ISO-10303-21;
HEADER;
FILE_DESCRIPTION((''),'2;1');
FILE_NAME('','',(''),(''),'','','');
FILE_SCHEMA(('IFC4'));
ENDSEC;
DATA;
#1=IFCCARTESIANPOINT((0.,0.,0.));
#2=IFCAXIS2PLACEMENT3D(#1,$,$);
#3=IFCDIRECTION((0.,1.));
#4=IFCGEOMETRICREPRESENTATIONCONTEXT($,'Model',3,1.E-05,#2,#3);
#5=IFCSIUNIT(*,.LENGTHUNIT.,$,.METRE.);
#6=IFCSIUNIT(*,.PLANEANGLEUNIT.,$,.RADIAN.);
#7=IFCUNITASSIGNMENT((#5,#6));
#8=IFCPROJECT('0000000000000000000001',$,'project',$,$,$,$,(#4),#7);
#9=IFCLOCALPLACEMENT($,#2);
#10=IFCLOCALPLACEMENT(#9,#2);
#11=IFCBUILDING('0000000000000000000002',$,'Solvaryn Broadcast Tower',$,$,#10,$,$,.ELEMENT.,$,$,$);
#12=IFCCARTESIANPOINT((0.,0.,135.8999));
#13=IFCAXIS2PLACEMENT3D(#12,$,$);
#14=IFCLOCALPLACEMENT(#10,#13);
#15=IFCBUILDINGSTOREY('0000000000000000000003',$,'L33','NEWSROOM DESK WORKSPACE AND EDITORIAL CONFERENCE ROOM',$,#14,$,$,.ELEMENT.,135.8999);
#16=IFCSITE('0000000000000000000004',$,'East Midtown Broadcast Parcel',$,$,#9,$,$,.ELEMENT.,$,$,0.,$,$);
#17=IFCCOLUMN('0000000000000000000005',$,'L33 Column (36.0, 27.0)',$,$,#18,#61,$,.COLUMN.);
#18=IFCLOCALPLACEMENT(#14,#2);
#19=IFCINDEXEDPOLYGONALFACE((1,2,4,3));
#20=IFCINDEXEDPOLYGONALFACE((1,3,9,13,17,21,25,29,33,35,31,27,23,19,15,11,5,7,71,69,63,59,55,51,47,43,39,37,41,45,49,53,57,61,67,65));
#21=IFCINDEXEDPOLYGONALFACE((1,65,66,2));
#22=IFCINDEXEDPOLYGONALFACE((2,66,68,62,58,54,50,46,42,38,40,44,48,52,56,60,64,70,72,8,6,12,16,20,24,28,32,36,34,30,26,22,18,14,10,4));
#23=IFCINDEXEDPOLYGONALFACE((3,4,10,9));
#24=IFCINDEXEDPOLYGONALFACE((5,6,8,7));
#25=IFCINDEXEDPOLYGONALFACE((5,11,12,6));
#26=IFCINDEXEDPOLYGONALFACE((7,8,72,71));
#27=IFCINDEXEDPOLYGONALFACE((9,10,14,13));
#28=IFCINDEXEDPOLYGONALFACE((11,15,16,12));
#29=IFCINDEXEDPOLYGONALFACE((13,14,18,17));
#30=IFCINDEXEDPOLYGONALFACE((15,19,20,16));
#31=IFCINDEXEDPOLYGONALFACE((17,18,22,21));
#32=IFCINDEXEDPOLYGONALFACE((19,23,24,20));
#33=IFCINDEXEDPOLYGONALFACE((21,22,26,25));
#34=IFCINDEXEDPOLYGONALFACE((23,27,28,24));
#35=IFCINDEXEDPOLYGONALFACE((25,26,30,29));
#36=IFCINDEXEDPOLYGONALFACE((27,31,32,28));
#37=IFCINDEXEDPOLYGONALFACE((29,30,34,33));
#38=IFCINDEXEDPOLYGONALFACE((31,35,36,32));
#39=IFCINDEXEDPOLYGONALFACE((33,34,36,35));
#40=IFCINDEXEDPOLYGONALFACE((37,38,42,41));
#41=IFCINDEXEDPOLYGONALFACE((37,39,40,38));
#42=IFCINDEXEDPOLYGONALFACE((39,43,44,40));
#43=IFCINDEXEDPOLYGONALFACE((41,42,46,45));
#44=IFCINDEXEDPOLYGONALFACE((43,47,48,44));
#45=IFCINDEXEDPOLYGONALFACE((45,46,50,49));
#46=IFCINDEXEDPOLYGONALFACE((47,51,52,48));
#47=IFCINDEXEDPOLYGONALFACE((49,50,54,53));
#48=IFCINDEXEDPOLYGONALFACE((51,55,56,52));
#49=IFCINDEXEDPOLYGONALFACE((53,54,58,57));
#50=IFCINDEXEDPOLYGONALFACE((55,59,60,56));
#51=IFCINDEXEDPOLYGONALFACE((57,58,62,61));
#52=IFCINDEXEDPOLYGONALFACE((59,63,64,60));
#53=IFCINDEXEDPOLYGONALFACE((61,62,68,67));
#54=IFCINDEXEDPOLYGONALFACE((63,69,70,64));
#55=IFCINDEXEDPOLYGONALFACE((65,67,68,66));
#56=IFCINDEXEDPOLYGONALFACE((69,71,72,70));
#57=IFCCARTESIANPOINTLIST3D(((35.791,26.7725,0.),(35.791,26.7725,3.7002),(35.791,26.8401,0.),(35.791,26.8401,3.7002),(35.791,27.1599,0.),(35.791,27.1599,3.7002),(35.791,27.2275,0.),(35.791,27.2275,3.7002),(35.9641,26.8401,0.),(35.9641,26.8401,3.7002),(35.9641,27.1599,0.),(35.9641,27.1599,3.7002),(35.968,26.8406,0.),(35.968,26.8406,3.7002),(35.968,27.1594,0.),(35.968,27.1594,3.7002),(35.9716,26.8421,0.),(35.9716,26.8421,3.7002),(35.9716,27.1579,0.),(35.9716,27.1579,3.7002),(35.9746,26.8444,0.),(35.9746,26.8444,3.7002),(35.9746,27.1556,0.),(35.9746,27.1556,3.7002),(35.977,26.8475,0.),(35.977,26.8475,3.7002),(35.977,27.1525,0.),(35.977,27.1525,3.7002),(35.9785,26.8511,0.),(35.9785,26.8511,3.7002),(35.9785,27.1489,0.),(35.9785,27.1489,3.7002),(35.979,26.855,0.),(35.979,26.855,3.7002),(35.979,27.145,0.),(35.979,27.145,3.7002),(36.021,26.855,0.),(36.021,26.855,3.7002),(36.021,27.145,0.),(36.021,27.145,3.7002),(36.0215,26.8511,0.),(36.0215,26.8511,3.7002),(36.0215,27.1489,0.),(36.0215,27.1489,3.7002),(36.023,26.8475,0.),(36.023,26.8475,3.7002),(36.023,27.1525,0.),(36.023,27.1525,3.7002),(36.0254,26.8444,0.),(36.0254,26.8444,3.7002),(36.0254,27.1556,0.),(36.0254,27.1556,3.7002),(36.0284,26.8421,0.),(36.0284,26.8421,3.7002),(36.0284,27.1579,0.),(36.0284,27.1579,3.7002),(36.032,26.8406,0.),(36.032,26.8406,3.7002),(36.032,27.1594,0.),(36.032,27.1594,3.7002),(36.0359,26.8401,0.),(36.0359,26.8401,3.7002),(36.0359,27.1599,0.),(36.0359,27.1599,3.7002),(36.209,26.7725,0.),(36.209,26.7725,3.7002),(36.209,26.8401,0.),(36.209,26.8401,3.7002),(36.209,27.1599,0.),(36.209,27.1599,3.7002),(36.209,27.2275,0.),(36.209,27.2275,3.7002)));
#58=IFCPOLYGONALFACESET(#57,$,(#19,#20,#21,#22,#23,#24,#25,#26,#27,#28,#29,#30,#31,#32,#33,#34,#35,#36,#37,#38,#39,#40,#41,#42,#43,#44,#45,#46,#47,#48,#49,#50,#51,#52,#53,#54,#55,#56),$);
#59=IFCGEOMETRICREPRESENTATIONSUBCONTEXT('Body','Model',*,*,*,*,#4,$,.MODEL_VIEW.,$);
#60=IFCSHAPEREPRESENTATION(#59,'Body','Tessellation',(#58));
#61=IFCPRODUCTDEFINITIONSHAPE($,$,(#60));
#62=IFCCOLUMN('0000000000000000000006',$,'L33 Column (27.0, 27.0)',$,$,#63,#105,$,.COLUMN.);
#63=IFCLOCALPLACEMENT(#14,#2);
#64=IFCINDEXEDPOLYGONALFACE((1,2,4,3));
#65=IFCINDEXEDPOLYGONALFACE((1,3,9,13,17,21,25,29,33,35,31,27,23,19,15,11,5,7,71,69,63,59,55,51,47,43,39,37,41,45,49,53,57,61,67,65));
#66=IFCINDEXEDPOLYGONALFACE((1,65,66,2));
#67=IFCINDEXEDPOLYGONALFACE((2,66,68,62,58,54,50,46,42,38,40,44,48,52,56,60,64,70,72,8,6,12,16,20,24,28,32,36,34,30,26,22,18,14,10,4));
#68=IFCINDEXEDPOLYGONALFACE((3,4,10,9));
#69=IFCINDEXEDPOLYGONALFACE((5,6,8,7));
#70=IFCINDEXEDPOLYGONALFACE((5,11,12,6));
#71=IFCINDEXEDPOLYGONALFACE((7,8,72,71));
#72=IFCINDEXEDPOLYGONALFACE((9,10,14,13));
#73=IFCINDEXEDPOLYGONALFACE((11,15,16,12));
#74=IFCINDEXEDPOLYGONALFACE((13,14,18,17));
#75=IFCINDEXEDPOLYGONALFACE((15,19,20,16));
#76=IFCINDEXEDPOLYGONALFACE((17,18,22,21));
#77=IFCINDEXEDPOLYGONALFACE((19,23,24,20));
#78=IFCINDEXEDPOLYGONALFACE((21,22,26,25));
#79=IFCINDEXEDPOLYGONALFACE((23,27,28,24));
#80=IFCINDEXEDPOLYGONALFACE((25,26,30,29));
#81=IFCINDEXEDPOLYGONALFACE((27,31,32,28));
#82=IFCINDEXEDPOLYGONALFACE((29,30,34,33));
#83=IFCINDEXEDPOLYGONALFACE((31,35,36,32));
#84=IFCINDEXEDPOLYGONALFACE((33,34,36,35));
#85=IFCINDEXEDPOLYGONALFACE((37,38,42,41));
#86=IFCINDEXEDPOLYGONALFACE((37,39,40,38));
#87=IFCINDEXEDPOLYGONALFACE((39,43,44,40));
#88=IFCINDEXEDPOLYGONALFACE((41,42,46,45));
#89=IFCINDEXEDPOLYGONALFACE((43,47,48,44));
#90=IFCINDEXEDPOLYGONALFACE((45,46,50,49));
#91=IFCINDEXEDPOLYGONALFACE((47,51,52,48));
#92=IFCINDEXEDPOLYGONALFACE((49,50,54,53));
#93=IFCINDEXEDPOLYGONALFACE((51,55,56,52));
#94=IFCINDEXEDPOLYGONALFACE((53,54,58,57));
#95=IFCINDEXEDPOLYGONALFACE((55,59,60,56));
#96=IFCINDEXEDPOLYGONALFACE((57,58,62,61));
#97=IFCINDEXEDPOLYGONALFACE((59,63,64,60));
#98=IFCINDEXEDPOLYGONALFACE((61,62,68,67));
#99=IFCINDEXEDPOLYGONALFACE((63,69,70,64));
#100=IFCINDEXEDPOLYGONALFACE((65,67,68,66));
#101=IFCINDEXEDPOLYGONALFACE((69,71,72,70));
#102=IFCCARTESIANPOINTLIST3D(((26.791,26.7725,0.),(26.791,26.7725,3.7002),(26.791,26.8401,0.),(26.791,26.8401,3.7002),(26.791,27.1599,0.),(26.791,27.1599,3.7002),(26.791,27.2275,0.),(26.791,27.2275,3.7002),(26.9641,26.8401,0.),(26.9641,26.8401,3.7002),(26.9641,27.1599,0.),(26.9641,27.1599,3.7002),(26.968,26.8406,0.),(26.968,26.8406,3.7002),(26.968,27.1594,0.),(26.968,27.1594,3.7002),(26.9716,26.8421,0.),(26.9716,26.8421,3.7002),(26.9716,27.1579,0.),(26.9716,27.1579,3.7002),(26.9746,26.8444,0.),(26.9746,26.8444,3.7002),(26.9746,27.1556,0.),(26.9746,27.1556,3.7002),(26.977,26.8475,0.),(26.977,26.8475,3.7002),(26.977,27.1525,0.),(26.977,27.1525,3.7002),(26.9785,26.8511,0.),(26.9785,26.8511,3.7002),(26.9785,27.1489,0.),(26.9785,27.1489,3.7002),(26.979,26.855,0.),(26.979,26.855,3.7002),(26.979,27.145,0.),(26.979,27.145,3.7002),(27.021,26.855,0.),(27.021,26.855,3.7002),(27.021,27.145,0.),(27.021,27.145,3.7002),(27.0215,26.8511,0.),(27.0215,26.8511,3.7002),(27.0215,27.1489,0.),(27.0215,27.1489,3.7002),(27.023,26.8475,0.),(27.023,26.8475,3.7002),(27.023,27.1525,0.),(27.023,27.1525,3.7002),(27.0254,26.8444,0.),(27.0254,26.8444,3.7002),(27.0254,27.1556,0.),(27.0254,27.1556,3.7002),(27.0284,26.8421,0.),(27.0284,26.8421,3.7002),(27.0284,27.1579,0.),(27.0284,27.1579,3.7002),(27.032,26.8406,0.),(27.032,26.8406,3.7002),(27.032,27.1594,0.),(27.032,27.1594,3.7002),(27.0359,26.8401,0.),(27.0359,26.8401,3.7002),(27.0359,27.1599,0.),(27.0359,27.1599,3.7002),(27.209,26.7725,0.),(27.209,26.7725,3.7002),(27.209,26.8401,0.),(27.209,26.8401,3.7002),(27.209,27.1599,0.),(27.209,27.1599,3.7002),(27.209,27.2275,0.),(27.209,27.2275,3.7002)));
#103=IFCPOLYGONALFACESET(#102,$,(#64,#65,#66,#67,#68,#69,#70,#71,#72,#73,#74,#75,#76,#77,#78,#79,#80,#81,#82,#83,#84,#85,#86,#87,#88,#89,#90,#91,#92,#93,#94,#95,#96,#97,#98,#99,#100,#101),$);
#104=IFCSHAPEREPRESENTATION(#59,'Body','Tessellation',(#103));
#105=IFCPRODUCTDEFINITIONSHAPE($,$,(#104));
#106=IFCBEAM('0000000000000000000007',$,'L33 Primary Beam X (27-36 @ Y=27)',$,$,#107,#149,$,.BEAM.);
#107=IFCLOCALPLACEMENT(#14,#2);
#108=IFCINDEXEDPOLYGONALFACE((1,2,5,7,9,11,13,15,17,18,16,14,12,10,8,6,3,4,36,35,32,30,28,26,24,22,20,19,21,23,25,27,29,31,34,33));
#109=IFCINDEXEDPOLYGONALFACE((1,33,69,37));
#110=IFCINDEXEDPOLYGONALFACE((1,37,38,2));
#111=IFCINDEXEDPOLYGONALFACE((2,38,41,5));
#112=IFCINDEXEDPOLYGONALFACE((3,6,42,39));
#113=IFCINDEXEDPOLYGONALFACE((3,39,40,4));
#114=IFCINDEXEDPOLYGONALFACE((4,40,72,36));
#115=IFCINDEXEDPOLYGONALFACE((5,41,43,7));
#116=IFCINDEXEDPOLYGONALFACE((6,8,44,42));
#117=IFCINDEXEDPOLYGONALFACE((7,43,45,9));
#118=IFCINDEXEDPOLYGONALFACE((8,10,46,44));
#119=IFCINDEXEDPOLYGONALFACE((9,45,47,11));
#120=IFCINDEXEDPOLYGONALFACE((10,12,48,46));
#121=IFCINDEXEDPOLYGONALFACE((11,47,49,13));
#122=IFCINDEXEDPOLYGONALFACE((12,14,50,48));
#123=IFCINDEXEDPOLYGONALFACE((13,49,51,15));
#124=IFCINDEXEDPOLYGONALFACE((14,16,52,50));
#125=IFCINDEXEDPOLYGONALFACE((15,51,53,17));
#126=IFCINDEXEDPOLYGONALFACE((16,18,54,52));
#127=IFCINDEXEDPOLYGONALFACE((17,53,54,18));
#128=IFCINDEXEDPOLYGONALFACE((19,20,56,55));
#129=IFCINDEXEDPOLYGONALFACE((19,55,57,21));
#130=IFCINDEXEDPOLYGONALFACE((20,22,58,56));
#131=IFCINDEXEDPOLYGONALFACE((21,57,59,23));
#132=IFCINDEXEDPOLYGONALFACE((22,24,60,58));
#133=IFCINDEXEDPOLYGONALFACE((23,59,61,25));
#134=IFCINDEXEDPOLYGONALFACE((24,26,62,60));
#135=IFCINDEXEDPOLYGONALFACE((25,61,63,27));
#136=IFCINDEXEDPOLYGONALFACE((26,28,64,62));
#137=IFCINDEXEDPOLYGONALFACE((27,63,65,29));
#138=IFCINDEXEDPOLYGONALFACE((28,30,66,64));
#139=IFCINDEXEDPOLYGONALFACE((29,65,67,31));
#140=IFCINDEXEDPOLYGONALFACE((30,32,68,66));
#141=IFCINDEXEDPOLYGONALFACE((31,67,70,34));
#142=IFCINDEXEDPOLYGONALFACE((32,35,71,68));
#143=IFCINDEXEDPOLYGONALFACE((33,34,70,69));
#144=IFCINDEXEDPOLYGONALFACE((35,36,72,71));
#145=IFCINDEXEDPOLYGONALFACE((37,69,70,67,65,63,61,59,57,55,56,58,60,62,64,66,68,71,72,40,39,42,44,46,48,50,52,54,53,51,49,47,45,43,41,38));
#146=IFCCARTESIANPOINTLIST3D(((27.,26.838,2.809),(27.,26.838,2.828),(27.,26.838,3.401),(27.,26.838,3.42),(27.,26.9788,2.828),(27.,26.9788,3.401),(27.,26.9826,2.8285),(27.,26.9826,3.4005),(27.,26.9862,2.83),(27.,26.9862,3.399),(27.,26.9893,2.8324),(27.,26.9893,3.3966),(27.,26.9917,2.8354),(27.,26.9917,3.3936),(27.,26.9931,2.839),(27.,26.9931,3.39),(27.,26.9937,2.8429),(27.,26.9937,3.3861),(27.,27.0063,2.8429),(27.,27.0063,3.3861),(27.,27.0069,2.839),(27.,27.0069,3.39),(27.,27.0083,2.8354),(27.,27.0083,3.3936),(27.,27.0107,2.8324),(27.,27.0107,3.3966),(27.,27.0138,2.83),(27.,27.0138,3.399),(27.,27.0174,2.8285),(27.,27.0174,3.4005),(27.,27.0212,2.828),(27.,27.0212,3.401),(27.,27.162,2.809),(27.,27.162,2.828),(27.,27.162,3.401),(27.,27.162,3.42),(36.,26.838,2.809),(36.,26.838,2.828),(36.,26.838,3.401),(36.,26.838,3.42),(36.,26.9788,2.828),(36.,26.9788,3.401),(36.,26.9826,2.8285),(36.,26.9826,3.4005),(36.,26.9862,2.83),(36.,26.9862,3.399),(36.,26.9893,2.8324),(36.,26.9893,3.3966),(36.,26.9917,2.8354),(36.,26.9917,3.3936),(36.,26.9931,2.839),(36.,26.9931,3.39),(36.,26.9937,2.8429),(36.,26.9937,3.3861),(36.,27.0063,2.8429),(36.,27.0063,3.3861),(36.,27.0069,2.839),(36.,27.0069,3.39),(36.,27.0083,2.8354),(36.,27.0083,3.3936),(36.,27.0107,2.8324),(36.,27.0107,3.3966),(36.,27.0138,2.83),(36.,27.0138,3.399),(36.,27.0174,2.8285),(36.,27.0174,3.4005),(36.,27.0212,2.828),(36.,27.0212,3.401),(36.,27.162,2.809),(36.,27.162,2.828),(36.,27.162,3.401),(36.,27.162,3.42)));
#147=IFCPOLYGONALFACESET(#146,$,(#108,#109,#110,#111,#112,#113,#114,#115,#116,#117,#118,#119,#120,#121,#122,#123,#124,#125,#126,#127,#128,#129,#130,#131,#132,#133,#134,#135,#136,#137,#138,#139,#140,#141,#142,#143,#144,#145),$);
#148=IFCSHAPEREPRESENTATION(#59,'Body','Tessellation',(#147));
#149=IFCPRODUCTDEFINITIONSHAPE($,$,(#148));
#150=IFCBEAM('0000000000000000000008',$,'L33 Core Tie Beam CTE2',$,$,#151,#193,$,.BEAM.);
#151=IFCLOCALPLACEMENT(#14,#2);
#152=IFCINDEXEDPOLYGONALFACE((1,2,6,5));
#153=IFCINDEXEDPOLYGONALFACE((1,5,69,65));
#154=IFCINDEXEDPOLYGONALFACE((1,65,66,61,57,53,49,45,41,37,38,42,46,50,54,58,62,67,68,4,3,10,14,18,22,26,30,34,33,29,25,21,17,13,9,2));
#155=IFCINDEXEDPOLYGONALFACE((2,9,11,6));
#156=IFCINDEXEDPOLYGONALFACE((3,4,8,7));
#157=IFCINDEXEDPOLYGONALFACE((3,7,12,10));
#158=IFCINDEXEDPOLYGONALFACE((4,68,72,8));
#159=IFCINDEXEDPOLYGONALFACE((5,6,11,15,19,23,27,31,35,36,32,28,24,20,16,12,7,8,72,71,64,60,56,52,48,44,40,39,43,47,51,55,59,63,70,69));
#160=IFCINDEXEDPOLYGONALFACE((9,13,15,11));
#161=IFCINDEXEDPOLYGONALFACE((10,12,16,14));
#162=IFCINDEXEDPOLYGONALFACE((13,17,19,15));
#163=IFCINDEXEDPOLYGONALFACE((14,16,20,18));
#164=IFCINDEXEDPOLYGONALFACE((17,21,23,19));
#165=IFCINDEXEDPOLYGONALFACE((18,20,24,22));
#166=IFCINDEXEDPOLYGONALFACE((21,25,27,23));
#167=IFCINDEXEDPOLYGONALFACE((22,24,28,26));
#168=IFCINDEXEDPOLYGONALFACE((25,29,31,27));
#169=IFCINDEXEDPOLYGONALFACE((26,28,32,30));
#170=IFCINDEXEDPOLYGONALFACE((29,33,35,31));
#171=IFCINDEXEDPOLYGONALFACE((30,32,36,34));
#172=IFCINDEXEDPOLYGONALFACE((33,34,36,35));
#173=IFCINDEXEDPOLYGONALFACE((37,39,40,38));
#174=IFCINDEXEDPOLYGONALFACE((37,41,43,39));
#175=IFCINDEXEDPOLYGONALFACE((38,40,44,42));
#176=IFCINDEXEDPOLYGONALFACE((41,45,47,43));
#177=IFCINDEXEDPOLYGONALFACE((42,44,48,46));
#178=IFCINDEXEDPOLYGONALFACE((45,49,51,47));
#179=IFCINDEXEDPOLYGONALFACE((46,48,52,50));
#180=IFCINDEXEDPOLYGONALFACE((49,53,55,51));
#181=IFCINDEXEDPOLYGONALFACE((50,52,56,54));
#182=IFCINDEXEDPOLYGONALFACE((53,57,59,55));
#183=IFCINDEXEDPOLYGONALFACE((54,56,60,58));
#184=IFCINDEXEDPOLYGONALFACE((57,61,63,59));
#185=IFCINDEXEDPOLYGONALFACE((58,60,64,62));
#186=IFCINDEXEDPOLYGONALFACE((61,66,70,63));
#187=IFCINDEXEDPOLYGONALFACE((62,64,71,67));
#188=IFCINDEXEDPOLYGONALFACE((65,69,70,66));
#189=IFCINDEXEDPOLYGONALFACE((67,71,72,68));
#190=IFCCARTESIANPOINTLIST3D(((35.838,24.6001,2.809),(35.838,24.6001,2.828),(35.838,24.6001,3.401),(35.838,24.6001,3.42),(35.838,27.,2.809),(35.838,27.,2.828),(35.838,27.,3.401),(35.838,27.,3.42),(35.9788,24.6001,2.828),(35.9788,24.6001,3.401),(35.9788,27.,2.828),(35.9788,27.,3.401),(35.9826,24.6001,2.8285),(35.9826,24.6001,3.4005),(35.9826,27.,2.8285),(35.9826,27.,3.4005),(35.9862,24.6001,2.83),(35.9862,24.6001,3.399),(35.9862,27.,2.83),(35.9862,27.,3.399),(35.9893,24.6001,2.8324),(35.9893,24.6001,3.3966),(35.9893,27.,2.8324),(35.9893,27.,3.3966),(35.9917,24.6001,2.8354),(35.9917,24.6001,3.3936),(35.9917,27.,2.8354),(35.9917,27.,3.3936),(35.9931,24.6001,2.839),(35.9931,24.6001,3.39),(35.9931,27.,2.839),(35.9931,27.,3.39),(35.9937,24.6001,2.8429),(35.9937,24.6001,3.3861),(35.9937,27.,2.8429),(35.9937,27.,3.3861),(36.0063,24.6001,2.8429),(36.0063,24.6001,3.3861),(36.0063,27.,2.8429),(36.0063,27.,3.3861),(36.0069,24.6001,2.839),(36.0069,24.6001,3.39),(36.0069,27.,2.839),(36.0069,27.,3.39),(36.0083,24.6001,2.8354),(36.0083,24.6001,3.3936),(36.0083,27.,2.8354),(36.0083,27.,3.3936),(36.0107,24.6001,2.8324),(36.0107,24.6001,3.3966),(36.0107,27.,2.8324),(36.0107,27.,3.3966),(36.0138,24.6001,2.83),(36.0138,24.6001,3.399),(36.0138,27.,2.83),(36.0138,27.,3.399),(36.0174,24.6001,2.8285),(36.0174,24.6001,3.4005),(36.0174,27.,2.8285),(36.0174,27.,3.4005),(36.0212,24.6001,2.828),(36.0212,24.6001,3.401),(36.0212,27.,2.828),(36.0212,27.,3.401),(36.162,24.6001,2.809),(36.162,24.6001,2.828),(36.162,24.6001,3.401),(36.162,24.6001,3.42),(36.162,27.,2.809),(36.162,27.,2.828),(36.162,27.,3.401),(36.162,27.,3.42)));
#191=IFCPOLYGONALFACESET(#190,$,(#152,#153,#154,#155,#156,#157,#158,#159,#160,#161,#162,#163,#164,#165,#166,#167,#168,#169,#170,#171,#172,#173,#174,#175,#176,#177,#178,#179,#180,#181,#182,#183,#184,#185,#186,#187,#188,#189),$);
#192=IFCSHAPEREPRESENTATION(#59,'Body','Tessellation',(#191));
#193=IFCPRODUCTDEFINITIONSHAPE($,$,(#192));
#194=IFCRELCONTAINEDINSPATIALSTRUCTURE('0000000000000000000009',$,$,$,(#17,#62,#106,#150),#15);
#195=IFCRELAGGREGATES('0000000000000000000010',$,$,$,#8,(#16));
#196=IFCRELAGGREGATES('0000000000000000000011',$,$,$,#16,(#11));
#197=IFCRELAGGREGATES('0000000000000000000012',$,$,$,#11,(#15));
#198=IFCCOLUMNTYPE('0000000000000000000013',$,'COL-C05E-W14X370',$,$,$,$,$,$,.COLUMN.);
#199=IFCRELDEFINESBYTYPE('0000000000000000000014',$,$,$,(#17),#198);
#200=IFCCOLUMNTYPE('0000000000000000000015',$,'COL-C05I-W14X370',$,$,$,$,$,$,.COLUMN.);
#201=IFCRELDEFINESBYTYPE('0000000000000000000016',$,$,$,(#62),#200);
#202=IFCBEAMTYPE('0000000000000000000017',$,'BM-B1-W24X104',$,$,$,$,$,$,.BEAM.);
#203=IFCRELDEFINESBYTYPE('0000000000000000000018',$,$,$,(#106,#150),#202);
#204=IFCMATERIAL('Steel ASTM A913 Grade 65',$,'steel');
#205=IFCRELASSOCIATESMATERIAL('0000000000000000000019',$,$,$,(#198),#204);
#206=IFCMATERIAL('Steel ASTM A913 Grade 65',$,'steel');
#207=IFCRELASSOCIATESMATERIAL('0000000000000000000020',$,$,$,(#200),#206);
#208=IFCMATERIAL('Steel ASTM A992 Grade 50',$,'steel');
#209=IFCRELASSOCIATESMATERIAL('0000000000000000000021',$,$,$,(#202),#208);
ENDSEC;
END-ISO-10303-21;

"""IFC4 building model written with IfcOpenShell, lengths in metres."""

from ifc_helpers import new_model, si_unit, direction, frame, origin, origin_2d, place, context, subcontext, project, spatial, i_section, extrude, material, material_profile, profile_set, type_object, element, save


model = new_model("IFC4")

# Units and contexts
model_context = context("Model", 3, precision=1e-05, world=origin(), true_north=direction((0.0, 1.0)))
body_context = subcontext(model_context, "Body", "Model", "MODEL_VIEW")
ifc_project = project(units=[si_unit("LENGTHUNIT", "METRE"), si_unit("PLANEANGLEUNIT", "RADIAN")], contexts=[model_context])

# Site, building, storey
site_placement = place(None, origin())
site = spatial("IfcSite", under=ifc_project, at=site_placement, Name="East Midtown Broadcast Parcel", CompositionType="ELEMENT", RefElevation=0.0)
building_placement = place(site_placement, origin())
building = spatial("IfcBuilding", under=site, at=building_placement, Name="Solvaryn Broadcast Tower", CompositionType="ELEMENT")
storey_placement = place(building_placement, frame((0.0, 0.0, 135.8999)))
storey = spatial("IfcBuildingStorey", under=building, at=storey_placement, Name="L33", Description="NEWSROOM DESK WORKSPACE AND EDITORIAL CONFERENCE ROOM", CompositionType="ELEMENT", Elevation=135.8999)

# Columns
ifc_material_1 = material(Name="Steel ASTM A913 Grade 65", Category="steel")
ifc_material_profile_1 = material_profile(ifc_material_1, i_section(OverallWidth=0.418, OverallDepth=0.4551, WebThickness=0.042, FlangeThickness=0.0676, FilletRadius=0.0149, at=origin_2d()))
ifc_profile_set_1 = profile_set([ifc_material_profile_1], Name="Steel ASTM A913 Grade 65")
column_type_1 = type_object("IfcColumnType", Name="COL-C05E-W14X370", PredefinedType="COLUMN", material=ifc_profile_set_1)
column_1_placement = place(storey_placement, frame((36.0, 27.0, 0.0), z_axis=(0.0, 0.0, 1.0), x_axis=(1.0, 0.0, 0.0)))
element("IfcColumn", 1, at=column_1_placement, inside=storey, type_object=column_type_1, Name="L33 Column (36.0, 27.0)", PredefinedType="COLUMN", context=body_context, shape_type="SweptSolid", body=[
    extrude(i_section(OverallWidth=0.418, OverallDepth=0.4551, WebThickness=0.042, FlangeThickness=0.0676, FilletRadius=0.0149, at=origin_2d()), origin(), (0.0, 0.0, 1.0), 3.7002),
])
ifc_material_2 = material(Name="Steel ASTM A913 Grade 65", Category="steel")
ifc_material_profile_2 = material_profile(ifc_material_2, i_section(OverallWidth=0.418, OverallDepth=0.4551, WebThickness=0.042, FlangeThickness=0.0676, FilletRadius=0.0149, at=origin_2d()))
ifc_profile_set_2 = profile_set([ifc_material_profile_2], Name="Steel ASTM A913 Grade 65")
column_type_2 = type_object("IfcColumnType", Name="COL-C05I-W14X370", PredefinedType="COLUMN", material=ifc_profile_set_2)
column_2_placement = place(storey_placement, frame((27.0, 27.0, 0.0), z_axis=(0.0, 0.0, 1.0), x_axis=(1.0, 0.0, 0.0)))
element("IfcColumn", 2, at=column_2_placement, inside=storey, type_object=column_type_2, Name="L33 Column (27.0, 27.0)", PredefinedType="COLUMN", context=body_context, shape_type="SweptSolid", body=[
    extrude(i_section(OverallWidth=0.418, OverallDepth=0.4551, WebThickness=0.042, FlangeThickness=0.0676, FilletRadius=0.0149, at=origin_2d()), origin(), (0.0, 0.0, 1.0), 3.7002),
])

# Beams
ifc_material_3 = material(Name="Steel ASTM A992 Grade 50", Category="steel")
ifc_material_profile_3 = material_profile(ifc_material_3, i_section(OverallWidth=0.324, OverallDepth=0.6111, WebThickness=0.0127, FlangeThickness=0.019, FilletRadius=0.0149, at=origin_2d()))
ifc_profile_set_3 = profile_set([ifc_material_profile_3], Name="Steel ASTM A992 Grade 50")
beam_type_1 = type_object("IfcBeamType", Name="BM-B1-W24X104", PredefinedType="BEAM", material=ifc_profile_set_3)
beam_1_placement = place(storey_placement, frame((27.0, 27.0, 3.1145), z_axis=(1.0, 0.0, 0.0), x_axis=(0.0, 1.0, 0.0)))
element("IfcBeam", 3, at=beam_1_placement, inside=storey, type_object=beam_type_1, Name="L33 Primary Beam X (27-36 @ Y=27)", PredefinedType="BEAM", context=body_context, shape_type="SweptSolid", body=[
    extrude(i_section(OverallWidth=0.324, OverallDepth=0.6111, WebThickness=0.0127, FlangeThickness=0.019, FilletRadius=0.0149, at=origin_2d()), origin(), (0.0, 0.0, 1.0), 9.0),
])
beam_2_placement = place(storey_placement, frame((36.0, 24.6001, 3.1145), z_axis=(0.0, 1.0, 0.0), x_axis=(-1.0, 0.0, 0.0)))
element("IfcBeam", 4, at=beam_2_placement, inside=storey, type_object=beam_type_1, Name="L33 Core Tie Beam CTE2", PredefinedType="BEAM", context=body_context, shape_type="SweptSolid", body=[
    extrude(i_section(OverallWidth=0.324, OverallDepth=0.6111, WebThickness=0.0127, FlangeThickness=0.019, FilletRadius=0.0149, at=origin_2d()), origin(), (0.0, 0.0, 1.0), 2.3999),
])

save(model, "model.ifc")
